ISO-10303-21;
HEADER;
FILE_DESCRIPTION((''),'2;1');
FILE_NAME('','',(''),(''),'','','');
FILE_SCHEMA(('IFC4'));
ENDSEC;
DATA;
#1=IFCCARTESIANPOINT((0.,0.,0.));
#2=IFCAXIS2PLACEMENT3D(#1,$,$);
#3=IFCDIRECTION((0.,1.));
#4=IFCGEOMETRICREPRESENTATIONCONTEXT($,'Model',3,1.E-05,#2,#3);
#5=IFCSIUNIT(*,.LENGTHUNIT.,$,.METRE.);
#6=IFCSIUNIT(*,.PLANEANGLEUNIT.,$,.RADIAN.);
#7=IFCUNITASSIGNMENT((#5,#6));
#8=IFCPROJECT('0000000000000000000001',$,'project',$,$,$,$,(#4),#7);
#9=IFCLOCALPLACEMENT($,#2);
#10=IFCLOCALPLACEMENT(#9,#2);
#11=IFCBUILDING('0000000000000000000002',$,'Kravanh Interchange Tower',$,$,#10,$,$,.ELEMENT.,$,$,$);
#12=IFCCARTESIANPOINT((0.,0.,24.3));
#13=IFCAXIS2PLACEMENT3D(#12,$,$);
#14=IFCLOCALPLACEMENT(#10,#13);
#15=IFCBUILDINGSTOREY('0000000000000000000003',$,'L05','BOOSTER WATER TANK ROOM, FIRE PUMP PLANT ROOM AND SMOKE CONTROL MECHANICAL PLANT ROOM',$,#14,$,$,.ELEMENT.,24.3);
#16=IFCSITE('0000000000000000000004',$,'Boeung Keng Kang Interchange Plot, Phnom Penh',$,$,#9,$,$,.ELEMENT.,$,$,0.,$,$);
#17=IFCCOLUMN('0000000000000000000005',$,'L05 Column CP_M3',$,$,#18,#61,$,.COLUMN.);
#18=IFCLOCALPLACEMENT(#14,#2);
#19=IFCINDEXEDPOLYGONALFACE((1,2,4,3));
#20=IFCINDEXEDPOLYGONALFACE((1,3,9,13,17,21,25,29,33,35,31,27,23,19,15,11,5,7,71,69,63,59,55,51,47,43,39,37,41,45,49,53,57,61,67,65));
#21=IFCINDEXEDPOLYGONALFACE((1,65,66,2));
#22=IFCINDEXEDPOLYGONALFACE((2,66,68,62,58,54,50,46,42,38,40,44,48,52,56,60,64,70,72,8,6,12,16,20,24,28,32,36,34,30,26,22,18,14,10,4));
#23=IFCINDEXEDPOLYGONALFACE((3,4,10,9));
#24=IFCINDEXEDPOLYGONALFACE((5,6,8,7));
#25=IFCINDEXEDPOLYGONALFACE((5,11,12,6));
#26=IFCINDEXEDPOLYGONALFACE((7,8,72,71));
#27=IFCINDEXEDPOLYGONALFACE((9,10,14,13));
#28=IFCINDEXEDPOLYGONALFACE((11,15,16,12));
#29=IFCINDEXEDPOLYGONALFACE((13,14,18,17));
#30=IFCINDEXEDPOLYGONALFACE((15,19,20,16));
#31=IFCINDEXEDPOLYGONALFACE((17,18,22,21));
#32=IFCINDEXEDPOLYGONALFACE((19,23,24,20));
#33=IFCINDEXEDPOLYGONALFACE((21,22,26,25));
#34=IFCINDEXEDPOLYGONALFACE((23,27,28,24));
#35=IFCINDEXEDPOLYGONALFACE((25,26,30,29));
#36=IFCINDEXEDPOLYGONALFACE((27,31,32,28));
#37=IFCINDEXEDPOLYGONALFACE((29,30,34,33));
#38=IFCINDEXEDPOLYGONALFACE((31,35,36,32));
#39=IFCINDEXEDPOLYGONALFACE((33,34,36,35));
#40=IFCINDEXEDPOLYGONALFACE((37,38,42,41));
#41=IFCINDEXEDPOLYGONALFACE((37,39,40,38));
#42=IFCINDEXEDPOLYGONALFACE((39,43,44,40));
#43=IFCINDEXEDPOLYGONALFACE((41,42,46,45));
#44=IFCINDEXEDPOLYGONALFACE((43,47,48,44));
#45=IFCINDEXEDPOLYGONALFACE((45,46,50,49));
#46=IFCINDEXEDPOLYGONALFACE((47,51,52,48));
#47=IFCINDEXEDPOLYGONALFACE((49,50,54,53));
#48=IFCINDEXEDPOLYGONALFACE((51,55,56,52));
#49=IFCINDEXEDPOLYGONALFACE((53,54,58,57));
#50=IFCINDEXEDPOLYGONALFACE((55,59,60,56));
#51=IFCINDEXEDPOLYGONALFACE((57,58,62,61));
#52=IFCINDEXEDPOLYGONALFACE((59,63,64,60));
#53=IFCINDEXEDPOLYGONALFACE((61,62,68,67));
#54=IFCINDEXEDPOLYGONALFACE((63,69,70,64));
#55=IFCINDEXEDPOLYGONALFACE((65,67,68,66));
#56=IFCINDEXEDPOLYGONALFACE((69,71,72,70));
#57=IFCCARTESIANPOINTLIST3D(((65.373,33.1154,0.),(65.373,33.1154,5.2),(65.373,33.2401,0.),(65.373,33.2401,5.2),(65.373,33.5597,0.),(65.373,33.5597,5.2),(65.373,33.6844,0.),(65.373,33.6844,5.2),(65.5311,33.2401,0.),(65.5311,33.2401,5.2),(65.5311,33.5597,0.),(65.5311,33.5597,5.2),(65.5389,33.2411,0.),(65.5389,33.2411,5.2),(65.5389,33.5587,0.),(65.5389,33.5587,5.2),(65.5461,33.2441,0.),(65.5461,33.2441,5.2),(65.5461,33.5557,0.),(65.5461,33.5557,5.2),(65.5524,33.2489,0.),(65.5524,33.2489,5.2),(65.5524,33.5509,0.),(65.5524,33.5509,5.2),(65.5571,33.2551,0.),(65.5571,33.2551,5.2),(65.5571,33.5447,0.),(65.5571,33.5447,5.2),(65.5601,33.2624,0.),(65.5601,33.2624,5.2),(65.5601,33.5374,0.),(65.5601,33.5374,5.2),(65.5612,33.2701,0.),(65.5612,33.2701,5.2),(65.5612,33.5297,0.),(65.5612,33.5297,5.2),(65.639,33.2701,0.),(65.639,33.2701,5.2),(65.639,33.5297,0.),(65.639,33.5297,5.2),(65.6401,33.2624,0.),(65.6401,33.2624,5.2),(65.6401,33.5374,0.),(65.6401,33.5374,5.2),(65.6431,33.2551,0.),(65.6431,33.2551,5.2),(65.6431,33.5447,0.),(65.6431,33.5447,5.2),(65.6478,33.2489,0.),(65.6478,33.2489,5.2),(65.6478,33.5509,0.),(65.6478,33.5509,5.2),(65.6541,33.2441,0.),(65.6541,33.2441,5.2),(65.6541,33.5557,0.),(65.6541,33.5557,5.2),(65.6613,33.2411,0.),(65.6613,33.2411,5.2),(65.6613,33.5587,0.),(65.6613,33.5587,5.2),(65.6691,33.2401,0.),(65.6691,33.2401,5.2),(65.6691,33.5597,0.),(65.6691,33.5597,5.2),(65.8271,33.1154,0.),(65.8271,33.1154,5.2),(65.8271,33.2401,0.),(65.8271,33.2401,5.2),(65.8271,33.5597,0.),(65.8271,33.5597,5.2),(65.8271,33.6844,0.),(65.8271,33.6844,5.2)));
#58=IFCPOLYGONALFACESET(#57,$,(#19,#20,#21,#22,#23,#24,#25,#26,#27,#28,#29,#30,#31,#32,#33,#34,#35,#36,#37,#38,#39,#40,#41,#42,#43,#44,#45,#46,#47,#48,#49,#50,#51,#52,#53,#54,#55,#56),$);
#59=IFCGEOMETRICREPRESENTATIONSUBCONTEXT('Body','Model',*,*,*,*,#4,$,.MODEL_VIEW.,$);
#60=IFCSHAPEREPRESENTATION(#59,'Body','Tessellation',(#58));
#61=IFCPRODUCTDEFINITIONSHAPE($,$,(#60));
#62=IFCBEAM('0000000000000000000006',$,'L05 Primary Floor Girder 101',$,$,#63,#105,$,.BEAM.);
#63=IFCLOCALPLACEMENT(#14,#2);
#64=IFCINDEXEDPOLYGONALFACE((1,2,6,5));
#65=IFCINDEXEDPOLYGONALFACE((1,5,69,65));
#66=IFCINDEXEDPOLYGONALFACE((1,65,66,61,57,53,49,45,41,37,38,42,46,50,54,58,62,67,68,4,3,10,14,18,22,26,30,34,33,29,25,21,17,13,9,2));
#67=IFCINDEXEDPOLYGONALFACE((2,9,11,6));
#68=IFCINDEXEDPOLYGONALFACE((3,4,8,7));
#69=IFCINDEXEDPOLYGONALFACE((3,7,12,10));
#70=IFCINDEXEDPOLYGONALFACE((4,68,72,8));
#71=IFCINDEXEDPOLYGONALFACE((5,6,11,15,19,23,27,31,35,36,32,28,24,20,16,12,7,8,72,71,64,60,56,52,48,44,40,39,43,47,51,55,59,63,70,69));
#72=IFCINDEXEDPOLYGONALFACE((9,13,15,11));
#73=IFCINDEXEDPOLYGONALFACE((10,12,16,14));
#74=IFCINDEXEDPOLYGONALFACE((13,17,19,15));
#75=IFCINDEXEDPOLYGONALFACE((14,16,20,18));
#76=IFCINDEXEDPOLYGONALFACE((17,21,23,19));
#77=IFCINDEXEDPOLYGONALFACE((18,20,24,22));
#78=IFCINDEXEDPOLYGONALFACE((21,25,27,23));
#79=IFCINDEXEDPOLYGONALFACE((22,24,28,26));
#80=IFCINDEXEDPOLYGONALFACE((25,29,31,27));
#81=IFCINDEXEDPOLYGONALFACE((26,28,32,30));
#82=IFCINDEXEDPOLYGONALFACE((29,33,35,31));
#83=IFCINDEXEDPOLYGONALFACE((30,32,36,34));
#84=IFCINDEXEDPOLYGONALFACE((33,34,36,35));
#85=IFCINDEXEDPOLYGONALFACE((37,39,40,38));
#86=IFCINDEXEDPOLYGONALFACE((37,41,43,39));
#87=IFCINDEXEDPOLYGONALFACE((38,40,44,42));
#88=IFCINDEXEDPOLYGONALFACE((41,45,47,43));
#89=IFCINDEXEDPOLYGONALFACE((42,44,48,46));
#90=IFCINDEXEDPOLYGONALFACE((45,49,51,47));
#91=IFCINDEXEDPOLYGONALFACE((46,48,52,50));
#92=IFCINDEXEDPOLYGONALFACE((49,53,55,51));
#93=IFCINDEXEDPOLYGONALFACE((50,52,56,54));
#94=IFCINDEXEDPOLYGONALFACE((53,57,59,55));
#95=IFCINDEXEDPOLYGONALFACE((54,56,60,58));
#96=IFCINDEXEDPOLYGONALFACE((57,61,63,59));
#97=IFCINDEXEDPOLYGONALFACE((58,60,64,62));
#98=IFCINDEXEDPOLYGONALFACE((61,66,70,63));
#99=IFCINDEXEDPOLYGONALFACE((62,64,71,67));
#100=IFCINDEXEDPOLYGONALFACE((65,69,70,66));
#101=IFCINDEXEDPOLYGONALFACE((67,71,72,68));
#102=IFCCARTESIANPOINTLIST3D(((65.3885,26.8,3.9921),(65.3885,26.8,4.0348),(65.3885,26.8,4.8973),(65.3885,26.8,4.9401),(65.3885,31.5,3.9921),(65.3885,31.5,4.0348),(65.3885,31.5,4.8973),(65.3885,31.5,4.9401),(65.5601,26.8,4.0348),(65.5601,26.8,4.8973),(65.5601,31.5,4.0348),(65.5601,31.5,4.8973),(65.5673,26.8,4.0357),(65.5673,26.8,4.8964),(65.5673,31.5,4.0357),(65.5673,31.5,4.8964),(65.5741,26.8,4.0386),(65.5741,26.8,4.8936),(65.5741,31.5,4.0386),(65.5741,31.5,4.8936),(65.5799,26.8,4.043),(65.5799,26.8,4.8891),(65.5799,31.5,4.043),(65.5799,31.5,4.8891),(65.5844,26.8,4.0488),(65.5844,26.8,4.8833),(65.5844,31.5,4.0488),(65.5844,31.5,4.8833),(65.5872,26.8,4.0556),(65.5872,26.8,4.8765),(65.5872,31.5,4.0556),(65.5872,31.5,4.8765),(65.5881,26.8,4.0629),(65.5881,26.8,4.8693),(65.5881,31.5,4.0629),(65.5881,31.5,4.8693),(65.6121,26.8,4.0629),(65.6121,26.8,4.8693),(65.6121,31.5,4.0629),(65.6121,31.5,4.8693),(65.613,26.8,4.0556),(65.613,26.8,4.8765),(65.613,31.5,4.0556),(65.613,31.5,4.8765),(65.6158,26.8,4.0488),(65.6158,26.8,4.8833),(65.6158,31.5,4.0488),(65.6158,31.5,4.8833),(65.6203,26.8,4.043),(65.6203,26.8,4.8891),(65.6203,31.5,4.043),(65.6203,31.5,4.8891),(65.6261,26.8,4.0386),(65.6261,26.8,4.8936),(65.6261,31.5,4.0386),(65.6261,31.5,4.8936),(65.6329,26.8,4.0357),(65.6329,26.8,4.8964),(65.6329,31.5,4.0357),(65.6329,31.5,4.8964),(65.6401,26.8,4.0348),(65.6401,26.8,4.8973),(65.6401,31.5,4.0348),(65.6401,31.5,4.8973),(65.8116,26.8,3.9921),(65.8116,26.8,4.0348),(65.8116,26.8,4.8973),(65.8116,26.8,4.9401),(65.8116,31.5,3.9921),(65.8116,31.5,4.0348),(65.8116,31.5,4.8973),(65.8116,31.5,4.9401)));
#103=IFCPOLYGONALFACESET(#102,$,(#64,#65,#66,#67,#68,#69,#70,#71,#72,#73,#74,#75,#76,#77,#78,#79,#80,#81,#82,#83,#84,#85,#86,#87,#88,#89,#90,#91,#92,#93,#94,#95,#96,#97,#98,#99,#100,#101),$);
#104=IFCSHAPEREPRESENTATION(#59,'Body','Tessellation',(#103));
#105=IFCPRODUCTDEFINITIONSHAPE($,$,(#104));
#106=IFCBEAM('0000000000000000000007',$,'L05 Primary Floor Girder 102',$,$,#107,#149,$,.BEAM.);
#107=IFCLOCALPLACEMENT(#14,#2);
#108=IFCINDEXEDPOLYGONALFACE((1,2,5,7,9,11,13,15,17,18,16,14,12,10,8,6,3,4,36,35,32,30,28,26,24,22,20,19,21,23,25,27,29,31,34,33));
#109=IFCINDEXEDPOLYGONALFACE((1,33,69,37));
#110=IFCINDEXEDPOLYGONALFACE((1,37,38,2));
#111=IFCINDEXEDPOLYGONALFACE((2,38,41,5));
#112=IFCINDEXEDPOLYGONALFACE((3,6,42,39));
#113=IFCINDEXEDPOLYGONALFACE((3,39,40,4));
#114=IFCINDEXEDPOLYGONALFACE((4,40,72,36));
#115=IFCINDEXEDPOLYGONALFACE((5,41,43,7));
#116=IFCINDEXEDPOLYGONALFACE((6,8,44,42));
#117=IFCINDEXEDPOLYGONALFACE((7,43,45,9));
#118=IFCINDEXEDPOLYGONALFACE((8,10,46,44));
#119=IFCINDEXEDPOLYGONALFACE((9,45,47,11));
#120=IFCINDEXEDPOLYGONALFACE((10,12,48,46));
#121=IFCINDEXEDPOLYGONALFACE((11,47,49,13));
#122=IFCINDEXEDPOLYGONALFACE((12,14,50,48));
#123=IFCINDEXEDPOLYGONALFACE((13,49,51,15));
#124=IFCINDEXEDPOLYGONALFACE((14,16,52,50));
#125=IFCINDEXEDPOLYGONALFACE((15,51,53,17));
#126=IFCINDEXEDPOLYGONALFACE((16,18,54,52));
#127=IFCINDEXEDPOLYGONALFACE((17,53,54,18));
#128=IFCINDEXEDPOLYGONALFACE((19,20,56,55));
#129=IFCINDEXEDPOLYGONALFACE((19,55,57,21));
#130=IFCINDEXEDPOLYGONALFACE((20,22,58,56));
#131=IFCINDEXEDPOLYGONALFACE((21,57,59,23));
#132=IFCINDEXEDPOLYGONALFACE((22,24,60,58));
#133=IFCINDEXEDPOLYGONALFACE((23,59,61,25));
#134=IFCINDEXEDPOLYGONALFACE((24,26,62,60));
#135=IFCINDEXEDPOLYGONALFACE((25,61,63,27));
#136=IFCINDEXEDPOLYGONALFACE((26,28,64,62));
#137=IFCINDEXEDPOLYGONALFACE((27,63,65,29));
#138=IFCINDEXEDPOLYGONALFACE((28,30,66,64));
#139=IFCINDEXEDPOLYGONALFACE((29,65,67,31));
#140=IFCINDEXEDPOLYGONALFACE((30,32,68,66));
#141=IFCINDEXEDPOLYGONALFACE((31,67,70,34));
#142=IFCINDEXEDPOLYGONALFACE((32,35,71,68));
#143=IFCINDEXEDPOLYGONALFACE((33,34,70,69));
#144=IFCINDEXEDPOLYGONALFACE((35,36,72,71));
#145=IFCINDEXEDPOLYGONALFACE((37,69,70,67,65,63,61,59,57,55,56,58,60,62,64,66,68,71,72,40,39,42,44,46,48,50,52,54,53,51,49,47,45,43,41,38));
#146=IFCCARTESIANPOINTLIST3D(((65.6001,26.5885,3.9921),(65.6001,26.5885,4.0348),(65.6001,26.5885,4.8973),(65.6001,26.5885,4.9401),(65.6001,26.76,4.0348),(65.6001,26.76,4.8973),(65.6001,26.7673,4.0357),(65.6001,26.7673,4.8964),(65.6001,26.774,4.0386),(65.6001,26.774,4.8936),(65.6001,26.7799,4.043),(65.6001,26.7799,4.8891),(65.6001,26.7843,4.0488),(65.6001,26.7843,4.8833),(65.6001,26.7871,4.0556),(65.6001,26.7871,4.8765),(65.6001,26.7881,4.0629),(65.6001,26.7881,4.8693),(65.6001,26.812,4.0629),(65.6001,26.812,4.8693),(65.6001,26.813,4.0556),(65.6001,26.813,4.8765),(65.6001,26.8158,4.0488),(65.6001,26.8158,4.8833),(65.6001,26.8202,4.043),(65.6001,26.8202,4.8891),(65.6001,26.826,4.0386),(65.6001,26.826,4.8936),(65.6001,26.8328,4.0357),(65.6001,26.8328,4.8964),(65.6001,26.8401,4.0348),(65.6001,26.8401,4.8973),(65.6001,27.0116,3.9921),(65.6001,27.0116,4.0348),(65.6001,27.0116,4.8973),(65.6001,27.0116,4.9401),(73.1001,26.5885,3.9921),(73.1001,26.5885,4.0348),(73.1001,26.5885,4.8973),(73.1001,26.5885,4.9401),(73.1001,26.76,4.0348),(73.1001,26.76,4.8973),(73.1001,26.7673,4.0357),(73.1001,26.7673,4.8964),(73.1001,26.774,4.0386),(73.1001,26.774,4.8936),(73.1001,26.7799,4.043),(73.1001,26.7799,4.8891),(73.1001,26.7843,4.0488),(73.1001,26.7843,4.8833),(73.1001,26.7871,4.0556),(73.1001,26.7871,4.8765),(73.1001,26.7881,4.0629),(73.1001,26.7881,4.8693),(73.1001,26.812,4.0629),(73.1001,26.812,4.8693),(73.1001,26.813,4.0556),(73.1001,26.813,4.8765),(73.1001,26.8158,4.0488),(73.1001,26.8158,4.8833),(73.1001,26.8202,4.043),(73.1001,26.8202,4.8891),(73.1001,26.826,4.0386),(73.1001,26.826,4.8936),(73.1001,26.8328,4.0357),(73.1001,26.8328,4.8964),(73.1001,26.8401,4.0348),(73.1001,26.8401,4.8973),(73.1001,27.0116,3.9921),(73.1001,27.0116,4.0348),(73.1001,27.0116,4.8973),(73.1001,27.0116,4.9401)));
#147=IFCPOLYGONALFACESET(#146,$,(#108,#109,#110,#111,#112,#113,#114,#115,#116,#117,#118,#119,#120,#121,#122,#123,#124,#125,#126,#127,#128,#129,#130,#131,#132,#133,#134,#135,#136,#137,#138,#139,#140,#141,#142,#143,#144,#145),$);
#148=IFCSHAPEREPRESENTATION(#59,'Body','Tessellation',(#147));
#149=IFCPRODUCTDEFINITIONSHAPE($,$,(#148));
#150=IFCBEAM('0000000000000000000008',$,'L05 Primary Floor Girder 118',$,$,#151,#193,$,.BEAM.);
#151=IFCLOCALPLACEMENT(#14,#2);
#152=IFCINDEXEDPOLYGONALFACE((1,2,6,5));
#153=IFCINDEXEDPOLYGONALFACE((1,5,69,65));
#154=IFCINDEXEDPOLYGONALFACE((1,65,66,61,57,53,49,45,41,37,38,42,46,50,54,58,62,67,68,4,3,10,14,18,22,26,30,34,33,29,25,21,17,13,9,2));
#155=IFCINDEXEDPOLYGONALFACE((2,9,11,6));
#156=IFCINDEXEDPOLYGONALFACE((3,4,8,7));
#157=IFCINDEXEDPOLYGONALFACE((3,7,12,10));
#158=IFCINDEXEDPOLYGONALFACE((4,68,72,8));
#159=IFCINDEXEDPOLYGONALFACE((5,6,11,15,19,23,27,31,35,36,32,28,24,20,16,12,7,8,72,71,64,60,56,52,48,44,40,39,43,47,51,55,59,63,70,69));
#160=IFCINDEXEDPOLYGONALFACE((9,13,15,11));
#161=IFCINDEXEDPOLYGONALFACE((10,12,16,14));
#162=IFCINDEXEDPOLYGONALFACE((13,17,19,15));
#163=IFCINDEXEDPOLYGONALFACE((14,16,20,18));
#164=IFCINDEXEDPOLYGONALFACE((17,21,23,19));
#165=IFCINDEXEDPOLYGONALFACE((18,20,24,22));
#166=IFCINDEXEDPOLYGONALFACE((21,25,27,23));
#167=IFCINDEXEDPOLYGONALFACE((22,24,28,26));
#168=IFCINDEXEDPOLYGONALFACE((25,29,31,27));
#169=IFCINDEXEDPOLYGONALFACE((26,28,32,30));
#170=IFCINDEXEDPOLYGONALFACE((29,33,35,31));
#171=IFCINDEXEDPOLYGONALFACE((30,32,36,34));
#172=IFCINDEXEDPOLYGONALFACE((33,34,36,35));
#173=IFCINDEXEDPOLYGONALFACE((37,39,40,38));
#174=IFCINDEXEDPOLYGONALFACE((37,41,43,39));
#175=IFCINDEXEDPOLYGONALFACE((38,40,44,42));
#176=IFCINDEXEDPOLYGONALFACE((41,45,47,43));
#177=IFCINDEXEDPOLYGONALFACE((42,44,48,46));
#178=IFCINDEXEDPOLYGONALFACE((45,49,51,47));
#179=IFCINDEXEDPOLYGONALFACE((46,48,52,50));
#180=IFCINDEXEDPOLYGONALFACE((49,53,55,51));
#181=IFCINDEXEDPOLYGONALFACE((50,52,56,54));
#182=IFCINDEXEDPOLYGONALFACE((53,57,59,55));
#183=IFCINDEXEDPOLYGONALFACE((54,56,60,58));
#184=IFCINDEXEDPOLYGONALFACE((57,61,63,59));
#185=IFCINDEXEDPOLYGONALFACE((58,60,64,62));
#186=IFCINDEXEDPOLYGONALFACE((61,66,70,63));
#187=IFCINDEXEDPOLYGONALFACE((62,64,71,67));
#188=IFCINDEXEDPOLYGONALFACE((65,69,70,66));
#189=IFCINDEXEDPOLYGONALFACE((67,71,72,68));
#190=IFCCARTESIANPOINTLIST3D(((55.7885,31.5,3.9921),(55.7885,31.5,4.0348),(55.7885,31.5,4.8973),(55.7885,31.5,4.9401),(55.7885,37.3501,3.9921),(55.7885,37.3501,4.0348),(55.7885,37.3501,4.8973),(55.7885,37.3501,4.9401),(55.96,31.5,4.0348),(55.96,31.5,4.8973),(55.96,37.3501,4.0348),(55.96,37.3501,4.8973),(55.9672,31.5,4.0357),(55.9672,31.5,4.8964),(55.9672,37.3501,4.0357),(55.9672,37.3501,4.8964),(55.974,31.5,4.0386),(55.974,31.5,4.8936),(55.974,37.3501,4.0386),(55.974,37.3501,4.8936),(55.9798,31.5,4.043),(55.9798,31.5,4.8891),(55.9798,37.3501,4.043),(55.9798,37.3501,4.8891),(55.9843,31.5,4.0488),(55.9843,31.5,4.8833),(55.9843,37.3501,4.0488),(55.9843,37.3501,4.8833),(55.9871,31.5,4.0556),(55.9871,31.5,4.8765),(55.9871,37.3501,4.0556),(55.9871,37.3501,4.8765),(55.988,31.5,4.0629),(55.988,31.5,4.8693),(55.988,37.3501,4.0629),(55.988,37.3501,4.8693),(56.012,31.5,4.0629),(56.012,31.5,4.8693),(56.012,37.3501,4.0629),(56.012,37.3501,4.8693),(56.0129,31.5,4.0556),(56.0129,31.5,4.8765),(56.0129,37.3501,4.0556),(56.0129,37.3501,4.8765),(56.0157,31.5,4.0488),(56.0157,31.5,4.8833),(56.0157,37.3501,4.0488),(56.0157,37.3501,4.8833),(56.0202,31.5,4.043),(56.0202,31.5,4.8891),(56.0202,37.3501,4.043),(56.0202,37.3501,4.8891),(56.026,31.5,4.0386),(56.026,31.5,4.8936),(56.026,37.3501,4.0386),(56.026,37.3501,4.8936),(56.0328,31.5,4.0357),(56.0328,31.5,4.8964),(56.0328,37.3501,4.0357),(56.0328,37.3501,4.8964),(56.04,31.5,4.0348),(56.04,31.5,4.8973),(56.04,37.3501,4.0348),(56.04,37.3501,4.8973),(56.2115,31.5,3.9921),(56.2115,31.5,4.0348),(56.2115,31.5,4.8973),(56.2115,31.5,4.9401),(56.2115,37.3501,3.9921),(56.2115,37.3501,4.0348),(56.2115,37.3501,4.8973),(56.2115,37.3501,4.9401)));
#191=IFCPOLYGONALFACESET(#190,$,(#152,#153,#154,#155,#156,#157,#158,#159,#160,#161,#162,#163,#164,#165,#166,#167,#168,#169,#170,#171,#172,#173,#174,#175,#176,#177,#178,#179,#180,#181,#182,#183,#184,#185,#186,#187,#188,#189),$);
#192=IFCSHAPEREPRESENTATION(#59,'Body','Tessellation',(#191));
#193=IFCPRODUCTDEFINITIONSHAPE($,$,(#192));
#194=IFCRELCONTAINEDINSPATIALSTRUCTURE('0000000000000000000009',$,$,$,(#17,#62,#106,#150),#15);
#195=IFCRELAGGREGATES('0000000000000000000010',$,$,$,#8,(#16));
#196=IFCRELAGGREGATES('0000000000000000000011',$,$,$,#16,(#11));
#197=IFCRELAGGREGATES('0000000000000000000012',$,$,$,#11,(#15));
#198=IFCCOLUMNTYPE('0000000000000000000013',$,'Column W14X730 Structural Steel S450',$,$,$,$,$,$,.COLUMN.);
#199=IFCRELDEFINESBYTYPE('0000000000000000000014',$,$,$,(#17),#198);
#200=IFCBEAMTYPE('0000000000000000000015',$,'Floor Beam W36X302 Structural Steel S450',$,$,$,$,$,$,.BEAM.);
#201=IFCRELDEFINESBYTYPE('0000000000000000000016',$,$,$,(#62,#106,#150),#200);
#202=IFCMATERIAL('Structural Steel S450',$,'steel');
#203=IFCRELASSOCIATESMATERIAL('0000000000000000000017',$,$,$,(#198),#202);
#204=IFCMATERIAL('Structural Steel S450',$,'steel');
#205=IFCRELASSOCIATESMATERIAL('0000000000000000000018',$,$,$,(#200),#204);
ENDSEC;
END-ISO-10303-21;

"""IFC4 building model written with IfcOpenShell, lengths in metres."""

from ifc_helpers import new_model, si_unit, direction, frame, origin, origin_2d, place, context, subcontext, project, spatial, i_section, extrude, material, material_profile, profile_set, type_object, element, save


model = new_model("IFC4")

# Units and contexts
model_context = context("Model", 3, precision=1e-05, world=origin(), true_north=direction((0.0, 1.0)))
body_context = subcontext(model_context, "Body", "Model", "MODEL_VIEW")
ifc_project = project(units=[si_unit("LENGTHUNIT", "METRE"), si_unit("PLANEANGLEUNIT", "RADIAN")], contexts=[model_context])

# Site, building, storey
site_placement = place(None, origin())
site = spatial("IfcSite", under=ifc_project, at=site_placement, Name="Boeung Keng Kang Interchange Plot, Phnom Penh", CompositionType="ELEMENT", RefElevation=0.0)
building_placement = place(site_placement, origin())
building = spatial("IfcBuilding", under=site, at=building_placement, Name="Kravanh Interchange Tower", CompositionType="ELEMENT")
storey_placement = place(building_placement, frame((0.0, 0.0, 24.3)))
storey = spatial("IfcBuildingStorey", under=building, at=storey_placement, Name="L05", Description="BOOSTER WATER TANK ROOM, FIRE PUMP PLANT ROOM AND SMOKE CONTROL MECHANICAL PLANT ROOM", CompositionType="ELEMENT", Elevation=24.3)

# Column
ifc_material_1 = material(Name="Structural Steel S450", Category="steel")
ifc_material_profile_1 = material_profile(ifc_material_1, i_section(OverallWidth=0.4541, OverallDepth=0.5691, WebThickness=0.0779, FlangeThickness=0.1248, FilletRadius=0.03, at=origin_2d()), Name="W14X730")
ifc_profile_set_1 = profile_set([ifc_material_profile_1], Name="Structural Steel S450")
column_type_1 = type_object("IfcColumnType", Name="Column W14X730 Structural Steel S450", PredefinedType="COLUMN", material=ifc_profile_set_1)
for number, where, z_axis, x_axis, name in (
    (1, (65.6001, 33.3999, 0.0), (0.0, 0.0, 1.0), (1.0, 0.0, 0.0), "L05 Column CP_M3"),
):
    element("IfcColumn", number, at=place(storey_placement, frame(where, z_axis=z_axis, x_axis=x_axis)), inside=storey, type_object=column_type_1, Name=name, PredefinedType="COLUMN", context=body_context, shape_type="SweptSolid", body=[
        extrude(i_section(OverallWidth=0.4541, OverallDepth=0.5691, WebThickness=0.0779, FlangeThickness=0.1248, FilletRadius=0.03, at=origin_2d()), origin(), (0.0, 0.0, 1.0), 5.2),
    ])

# Beams
ifc_material_2 = material(Name="Structural Steel S450", Category="steel")
ifc_material_profile_2 = material_profile(ifc_material_2, i_section(OverallWidth=0.4231, OverallDepth=0.948, WebThickness=0.0239, FlangeThickness=0.0427, FilletRadius=0.0281, at=origin_2d()), Name="W36X302")
ifc_profile_set_2 = profile_set([ifc_material_profile_2], Name="Structural Steel S450")
beam_type_1 = type_object("IfcBeamType", Name="Floor Beam W36X302 Structural Steel S450", PredefinedType="BEAM", material=ifc_profile_set_2)
beam_1_placement = place(storey_placement, frame((65.6001, 26.8, 4.4661), z_axis=(0.0, 1.0, 0.0), x_axis=(-1.0, 0.0, 0.0)))
element("IfcBeam", 2, at=beam_1_placement, inside=storey, type_object=beam_type_1, Name="L05 Primary Floor Girder 101", PredefinedType="BEAM", context=body_context, shape_type="SweptSolid", body=[
    extrude(i_section(OverallWidth=0.4231, OverallDepth=0.948, WebThickness=0.0239, FlangeThickness=0.0427, FilletRadius=0.0281, at=origin_2d()), origin(), (0.0, 0.0, 1.0), 4.7),
])
beam_2_placement = place(storey_placement, frame((65.6001, 26.8, 4.4661), z_axis=(1.0, 0.0, 0.0), x_axis=(0.0, 1.0, 0.0)))
element("IfcBeam", 3, at=beam_2_placement, inside=storey, type_object=beam_type_1, Name="L05 Primary Floor Girder 102", PredefinedType="BEAM", context=body_context, shape_type="SweptSolid", body=[
    extrude(i_section(OverallWidth=0.4231, OverallDepth=0.948, WebThickness=0.0239, FlangeThickness=0.0427, FilletRadius=0.0281, at=origin_2d()), origin(), (0.0, 0.0, 1.0), 7.5),
])
beam_3_placement = place(storey_placement, frame((56.0, 31.5, 4.4661), z_axis=(0.0, 1.0, 0.0), x_axis=(-1.0, 0.0, 0.0)))
element("IfcBeam", 4, at=beam_3_placement, inside=storey, type_object=beam_type_1, Name="L05 Primary Floor Girder 118", PredefinedType="BEAM", context=body_context, shape_type="SweptSolid", body=[
    extrude(i_section(OverallWidth=0.4231, OverallDepth=0.948, WebThickness=0.0239, FlangeThickness=0.0427, FilletRadius=0.0281, at=origin_2d()), origin(), (0.0, 0.0, 1.0), 5.8501),
])

save(model, "model.ifc")
